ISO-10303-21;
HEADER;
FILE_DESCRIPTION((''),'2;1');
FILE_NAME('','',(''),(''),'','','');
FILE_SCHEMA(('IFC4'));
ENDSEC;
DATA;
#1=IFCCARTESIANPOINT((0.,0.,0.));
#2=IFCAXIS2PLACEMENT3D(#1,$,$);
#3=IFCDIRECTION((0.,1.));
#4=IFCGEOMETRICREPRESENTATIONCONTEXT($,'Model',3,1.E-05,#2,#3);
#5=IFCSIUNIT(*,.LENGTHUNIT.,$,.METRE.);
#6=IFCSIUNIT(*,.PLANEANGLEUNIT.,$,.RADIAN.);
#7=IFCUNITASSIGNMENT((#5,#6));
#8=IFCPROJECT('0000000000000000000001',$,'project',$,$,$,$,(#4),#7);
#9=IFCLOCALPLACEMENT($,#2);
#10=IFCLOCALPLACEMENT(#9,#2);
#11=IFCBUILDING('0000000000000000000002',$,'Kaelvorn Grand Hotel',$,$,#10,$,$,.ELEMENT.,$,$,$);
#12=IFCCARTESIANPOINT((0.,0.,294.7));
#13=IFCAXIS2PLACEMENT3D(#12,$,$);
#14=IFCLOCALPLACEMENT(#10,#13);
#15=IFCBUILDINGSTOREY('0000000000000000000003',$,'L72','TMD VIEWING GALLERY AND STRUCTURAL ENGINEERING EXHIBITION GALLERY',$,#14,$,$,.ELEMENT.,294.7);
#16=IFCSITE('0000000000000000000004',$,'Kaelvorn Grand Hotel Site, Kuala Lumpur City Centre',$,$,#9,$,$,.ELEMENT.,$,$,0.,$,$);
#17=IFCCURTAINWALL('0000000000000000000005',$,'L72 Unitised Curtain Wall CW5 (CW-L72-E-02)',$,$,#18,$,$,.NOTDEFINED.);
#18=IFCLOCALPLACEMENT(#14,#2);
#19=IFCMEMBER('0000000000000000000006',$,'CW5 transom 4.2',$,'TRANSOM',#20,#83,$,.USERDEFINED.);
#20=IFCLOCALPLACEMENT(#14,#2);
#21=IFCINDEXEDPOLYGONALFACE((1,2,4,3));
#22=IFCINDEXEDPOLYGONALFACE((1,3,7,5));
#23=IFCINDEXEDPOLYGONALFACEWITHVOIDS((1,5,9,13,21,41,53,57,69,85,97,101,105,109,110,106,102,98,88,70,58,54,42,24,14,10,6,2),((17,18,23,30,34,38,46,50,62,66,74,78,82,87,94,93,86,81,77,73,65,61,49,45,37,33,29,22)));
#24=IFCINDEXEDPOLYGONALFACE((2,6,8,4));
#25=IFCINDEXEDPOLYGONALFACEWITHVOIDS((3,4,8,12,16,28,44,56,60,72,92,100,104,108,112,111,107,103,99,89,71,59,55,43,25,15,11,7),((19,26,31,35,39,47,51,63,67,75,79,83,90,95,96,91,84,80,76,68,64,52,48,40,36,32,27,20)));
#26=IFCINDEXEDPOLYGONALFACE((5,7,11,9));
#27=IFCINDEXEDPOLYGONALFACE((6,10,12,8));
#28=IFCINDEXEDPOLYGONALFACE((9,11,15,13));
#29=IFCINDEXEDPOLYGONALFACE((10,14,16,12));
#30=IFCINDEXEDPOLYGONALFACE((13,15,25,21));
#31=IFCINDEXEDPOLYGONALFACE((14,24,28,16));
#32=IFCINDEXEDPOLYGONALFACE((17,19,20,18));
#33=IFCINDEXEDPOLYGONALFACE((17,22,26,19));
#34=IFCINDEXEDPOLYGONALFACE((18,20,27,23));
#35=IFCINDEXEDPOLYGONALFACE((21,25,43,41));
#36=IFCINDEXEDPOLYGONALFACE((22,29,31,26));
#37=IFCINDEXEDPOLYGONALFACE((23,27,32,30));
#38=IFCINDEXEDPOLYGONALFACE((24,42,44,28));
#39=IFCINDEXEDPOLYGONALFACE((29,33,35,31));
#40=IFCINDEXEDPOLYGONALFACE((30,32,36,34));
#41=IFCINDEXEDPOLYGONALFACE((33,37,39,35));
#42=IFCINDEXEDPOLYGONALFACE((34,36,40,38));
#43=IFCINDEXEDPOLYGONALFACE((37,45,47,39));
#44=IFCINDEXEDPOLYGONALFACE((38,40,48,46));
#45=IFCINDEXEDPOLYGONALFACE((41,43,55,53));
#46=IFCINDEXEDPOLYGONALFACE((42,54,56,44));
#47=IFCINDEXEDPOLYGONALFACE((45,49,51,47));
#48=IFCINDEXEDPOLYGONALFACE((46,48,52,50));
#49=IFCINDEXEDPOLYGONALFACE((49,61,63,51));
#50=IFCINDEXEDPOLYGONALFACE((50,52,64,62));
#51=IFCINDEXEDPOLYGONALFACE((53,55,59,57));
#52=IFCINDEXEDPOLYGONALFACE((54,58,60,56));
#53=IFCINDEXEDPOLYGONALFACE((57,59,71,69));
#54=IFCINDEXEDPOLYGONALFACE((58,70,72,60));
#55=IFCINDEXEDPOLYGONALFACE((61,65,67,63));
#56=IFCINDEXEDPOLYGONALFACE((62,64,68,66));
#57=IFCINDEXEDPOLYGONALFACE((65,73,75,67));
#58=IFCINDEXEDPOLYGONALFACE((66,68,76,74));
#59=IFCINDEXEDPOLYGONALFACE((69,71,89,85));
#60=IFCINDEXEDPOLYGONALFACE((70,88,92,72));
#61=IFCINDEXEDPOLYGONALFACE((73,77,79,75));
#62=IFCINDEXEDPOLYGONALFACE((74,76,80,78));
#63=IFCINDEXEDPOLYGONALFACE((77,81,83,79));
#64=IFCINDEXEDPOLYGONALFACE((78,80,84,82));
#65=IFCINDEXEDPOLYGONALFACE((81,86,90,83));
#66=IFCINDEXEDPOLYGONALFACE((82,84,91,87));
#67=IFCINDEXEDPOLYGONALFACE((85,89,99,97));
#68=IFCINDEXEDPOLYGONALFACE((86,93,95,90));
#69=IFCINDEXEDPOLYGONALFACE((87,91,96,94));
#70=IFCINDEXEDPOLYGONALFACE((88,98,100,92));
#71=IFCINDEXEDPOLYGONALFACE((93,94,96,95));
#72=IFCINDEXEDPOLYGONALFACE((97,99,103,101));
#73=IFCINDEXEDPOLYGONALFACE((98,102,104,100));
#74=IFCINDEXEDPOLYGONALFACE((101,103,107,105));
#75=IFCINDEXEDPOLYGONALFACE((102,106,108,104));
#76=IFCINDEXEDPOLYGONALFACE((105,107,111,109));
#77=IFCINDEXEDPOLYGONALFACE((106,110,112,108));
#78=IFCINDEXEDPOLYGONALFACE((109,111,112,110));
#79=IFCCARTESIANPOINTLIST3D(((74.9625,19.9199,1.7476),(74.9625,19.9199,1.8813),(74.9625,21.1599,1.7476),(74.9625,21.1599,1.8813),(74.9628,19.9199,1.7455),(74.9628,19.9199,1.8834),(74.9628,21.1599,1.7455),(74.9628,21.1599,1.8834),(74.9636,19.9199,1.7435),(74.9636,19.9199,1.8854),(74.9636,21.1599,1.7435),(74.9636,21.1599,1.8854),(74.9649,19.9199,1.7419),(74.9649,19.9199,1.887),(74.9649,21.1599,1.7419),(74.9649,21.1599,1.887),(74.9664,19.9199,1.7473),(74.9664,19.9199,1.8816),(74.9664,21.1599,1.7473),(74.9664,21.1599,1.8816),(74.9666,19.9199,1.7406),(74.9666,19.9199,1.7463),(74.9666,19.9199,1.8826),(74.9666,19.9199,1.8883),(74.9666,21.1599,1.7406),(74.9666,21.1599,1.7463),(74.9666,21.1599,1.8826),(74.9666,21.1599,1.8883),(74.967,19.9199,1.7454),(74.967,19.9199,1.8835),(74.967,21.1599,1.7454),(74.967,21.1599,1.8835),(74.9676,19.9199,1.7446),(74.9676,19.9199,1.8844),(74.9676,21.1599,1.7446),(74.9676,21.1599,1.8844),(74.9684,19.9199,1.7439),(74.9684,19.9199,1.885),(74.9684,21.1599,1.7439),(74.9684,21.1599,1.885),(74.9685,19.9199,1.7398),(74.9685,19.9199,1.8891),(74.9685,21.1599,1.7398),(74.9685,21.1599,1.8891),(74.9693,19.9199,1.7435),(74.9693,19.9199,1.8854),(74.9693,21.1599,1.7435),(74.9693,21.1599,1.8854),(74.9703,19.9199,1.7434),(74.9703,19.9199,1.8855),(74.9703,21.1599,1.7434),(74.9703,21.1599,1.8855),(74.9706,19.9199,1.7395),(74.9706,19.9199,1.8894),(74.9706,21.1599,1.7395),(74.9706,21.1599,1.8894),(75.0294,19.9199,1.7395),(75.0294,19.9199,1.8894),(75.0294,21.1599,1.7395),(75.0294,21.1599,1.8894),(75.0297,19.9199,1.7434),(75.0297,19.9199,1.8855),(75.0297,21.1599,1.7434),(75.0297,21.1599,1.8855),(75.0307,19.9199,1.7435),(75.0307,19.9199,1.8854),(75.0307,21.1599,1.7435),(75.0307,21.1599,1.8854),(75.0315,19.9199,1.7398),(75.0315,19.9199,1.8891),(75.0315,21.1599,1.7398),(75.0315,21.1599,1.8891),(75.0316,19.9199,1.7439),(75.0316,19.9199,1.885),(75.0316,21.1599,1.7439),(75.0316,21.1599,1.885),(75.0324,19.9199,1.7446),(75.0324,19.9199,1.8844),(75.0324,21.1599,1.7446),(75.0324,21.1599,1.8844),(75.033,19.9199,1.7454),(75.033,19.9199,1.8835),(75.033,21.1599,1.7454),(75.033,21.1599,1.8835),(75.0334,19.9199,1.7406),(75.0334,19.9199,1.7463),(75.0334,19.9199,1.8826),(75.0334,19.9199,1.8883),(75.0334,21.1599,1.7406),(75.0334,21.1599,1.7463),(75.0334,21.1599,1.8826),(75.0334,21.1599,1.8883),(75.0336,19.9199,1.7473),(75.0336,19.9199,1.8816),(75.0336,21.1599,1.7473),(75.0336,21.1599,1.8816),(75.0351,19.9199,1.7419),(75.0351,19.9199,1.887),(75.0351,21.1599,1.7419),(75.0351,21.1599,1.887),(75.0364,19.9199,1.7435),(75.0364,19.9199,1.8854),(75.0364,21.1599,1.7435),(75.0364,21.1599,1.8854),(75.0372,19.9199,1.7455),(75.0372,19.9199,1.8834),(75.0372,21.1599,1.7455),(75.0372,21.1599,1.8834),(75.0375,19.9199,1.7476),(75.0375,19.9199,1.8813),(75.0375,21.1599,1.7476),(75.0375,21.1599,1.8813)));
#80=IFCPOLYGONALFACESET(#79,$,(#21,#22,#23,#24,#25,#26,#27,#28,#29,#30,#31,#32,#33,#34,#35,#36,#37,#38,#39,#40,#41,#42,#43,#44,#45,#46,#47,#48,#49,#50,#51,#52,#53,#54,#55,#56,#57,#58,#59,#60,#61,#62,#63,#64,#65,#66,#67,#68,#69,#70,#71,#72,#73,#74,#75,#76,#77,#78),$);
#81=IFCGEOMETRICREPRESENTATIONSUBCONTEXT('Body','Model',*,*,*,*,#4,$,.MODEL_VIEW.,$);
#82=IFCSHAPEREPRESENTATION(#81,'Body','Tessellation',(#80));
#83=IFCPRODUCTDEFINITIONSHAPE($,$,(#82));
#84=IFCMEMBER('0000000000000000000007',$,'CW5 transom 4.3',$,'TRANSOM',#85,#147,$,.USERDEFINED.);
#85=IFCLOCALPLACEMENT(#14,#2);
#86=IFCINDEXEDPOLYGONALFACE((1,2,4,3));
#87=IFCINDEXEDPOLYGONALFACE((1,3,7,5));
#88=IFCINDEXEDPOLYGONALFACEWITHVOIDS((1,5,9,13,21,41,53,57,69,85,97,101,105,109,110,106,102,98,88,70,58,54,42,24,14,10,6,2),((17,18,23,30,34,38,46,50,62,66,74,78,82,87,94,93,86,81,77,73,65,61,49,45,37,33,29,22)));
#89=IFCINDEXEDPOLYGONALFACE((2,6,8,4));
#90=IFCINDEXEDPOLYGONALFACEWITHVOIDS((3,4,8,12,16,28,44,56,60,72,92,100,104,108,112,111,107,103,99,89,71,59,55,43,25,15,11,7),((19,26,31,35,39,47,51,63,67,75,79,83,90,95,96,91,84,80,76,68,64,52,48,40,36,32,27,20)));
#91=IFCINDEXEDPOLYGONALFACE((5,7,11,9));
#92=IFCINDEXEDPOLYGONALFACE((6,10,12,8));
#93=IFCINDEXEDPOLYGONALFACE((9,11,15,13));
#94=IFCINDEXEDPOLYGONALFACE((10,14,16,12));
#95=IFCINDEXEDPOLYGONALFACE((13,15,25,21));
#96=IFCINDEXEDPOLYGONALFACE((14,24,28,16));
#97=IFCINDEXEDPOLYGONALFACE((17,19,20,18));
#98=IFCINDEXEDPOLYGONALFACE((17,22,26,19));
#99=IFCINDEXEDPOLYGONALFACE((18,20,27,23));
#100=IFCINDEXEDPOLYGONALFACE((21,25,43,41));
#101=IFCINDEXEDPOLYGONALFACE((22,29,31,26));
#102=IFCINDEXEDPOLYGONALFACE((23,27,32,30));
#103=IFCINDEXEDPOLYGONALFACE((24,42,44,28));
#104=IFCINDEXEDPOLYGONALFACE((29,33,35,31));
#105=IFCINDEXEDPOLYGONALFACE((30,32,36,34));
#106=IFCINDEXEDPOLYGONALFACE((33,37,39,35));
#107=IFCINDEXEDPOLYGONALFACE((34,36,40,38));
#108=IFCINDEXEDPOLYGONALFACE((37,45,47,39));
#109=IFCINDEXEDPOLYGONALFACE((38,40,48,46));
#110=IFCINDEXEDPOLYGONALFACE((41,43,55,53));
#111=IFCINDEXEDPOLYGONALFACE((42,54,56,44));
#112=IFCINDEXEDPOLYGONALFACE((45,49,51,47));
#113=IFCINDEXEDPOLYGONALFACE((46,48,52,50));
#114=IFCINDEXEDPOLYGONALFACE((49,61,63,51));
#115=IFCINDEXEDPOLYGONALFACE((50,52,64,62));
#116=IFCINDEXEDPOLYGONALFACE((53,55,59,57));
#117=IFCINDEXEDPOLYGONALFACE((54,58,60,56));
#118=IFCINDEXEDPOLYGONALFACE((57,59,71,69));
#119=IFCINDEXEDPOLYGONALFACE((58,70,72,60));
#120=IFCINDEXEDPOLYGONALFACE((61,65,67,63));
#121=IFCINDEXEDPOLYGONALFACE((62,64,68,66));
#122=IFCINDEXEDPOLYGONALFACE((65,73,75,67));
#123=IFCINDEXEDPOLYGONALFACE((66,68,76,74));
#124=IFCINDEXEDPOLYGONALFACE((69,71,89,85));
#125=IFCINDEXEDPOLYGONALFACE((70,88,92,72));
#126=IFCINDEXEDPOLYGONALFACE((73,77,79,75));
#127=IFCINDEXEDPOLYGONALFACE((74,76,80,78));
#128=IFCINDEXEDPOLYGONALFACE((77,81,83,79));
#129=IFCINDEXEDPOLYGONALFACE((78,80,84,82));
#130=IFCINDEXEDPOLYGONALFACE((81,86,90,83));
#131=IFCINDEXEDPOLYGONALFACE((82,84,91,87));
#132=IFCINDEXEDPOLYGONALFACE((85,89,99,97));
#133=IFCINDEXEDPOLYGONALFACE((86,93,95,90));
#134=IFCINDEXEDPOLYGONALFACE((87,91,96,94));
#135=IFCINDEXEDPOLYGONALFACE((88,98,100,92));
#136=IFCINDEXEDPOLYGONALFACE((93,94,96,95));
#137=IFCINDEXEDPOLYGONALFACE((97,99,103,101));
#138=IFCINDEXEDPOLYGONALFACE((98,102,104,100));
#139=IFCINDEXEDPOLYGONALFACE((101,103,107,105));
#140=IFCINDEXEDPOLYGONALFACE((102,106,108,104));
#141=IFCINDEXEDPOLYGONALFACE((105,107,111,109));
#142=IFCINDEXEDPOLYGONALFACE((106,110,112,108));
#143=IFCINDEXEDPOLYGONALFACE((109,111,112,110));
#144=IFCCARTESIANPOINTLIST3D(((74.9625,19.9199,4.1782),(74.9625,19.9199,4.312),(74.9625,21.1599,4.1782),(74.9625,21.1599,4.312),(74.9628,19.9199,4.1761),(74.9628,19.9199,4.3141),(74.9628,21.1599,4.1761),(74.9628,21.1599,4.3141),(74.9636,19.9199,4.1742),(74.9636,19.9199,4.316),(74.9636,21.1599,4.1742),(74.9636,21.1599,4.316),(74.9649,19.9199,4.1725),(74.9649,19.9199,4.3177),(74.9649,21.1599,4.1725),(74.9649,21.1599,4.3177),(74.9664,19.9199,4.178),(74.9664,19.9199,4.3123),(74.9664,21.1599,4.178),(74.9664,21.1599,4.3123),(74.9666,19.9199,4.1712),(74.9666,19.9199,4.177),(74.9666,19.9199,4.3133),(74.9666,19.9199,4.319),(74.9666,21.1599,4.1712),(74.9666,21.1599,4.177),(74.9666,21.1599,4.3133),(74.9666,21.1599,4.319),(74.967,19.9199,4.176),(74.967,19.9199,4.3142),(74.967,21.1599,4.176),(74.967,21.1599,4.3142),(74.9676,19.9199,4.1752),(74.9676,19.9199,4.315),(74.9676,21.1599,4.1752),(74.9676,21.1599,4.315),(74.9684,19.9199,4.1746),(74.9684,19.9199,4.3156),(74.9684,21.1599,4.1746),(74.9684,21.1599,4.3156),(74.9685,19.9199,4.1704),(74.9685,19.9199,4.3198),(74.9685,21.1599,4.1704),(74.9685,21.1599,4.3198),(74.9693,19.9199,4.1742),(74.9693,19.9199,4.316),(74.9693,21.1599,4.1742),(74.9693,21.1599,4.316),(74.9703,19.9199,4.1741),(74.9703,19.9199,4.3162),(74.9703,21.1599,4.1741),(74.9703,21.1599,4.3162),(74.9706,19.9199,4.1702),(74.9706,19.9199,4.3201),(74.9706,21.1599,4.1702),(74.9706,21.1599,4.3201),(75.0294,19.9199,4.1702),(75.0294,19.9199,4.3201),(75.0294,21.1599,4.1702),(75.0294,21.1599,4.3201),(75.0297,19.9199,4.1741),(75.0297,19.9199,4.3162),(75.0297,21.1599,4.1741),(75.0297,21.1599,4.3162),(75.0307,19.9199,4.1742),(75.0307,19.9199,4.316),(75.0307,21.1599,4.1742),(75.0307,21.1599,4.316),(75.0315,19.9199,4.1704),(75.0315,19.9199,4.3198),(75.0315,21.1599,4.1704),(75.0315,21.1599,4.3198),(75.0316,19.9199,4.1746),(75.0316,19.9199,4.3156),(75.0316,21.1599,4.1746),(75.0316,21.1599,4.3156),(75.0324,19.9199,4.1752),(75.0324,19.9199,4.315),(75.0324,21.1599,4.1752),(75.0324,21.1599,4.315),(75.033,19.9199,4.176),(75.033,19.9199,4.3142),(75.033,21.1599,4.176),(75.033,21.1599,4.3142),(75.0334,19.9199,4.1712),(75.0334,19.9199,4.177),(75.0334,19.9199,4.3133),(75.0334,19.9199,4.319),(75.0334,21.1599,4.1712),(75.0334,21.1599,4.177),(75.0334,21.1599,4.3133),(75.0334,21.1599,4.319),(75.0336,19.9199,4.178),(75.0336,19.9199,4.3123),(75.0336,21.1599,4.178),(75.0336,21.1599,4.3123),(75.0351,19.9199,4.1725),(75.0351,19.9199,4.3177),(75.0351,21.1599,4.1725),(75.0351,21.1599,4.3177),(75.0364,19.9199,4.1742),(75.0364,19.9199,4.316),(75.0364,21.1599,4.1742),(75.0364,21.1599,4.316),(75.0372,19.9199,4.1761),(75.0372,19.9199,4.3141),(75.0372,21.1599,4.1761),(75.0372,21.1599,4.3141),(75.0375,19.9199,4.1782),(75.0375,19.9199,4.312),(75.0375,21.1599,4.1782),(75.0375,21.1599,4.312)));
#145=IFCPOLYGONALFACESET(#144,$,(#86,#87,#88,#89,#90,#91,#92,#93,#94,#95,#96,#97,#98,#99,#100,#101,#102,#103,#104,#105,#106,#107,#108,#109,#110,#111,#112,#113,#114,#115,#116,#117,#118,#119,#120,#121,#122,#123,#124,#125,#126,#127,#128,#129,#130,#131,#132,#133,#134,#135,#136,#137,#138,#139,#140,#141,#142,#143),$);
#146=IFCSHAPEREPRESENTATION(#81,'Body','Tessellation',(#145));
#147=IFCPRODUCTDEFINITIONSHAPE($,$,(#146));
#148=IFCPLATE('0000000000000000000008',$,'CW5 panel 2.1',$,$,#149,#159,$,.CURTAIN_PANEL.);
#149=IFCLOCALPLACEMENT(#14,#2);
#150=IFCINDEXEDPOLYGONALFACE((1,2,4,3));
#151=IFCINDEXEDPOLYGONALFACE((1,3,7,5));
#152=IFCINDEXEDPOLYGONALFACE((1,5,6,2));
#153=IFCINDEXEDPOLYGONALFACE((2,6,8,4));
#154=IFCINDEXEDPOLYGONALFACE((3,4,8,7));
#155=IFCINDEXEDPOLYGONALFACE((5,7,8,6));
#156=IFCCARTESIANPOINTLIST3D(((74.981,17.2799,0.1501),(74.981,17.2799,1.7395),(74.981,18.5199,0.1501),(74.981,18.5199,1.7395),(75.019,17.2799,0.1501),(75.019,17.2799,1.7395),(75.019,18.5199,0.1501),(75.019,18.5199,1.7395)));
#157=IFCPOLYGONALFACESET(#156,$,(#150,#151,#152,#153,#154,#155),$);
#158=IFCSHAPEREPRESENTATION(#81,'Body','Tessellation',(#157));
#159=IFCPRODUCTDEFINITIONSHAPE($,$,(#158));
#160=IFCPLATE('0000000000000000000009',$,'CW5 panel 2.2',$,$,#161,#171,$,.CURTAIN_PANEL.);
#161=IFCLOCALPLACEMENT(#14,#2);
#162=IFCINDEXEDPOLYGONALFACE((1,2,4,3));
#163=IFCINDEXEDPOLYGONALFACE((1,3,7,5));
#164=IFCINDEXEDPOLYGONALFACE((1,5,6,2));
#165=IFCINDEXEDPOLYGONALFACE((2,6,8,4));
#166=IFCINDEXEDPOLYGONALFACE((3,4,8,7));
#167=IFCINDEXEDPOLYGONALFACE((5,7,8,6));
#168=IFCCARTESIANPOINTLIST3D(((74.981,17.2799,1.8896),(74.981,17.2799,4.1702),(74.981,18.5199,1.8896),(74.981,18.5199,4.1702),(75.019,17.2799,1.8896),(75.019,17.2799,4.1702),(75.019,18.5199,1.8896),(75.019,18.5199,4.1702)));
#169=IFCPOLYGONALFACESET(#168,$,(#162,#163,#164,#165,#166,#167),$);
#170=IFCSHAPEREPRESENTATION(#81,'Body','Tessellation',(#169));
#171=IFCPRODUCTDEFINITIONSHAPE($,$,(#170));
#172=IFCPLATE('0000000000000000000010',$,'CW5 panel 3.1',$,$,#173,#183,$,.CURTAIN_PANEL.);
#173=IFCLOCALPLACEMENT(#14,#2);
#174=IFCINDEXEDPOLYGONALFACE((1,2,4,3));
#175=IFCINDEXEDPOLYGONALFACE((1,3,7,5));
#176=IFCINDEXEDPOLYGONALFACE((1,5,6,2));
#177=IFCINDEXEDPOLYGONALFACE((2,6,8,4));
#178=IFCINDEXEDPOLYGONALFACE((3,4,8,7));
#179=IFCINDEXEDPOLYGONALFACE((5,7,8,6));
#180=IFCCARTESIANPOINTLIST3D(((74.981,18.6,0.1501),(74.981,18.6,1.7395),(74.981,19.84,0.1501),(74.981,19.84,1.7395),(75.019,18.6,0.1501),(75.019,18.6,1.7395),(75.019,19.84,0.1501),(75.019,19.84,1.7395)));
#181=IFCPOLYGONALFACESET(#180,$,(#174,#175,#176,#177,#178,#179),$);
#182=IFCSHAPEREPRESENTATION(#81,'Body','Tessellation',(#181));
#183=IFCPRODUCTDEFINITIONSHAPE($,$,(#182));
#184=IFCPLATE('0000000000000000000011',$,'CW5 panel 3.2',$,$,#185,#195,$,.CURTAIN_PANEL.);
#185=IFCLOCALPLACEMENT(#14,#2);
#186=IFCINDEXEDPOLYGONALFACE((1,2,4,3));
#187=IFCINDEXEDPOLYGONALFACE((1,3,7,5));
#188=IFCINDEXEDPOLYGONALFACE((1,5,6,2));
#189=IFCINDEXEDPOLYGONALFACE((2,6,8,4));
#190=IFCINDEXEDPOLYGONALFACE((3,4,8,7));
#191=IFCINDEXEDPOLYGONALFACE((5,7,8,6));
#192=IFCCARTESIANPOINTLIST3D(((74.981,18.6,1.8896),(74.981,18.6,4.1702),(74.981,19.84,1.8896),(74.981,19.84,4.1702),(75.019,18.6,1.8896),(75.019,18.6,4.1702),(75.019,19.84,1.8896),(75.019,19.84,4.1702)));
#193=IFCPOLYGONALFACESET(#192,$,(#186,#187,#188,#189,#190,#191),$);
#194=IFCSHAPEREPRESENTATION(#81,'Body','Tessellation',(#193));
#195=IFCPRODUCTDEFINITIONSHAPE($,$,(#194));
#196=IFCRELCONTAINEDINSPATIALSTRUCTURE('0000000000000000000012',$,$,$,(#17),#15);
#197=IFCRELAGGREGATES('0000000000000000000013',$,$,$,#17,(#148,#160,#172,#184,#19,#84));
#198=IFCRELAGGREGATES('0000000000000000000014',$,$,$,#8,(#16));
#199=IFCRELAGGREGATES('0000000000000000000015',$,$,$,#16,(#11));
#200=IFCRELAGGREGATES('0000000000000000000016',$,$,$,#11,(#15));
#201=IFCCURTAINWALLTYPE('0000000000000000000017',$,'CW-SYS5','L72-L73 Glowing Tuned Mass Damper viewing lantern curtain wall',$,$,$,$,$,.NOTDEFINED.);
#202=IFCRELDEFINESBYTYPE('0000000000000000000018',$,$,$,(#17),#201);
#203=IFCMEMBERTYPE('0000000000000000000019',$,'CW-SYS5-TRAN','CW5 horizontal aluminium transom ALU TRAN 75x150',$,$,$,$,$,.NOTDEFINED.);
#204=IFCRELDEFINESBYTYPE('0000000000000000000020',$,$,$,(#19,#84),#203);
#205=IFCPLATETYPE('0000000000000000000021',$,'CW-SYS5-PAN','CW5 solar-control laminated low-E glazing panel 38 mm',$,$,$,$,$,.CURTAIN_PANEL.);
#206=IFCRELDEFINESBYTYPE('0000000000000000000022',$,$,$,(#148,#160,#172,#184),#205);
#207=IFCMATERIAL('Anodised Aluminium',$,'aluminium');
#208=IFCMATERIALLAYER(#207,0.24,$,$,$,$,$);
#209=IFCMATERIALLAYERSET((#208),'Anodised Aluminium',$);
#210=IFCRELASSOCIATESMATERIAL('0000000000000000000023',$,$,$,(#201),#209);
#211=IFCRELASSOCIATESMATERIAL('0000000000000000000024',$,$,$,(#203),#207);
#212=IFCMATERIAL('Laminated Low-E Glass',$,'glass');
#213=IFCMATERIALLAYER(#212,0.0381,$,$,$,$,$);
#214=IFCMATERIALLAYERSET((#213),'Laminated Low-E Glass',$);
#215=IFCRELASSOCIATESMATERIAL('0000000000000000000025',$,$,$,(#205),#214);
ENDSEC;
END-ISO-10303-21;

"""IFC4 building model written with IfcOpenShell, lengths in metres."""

from ifc_helpers import new_model, si_unit, direction, frame, origin, origin_2d, place, context, subcontext, project, spatial, rectangle, hollow_rectangle, extrude, material, layer, layer_set, material_profile, profile_set, type_object, element, aggregate, save


model = new_model("IFC4")

# Units and contexts
model_context = context("Model", 3, precision=1e-05, world=origin(), true_north=direction((0.0, 1.0)))
body_context = subcontext(model_context, "Body", "Model", "MODEL_VIEW")
ifc_project = project(units=[si_unit("LENGTHUNIT", "METRE"), si_unit("PLANEANGLEUNIT", "RADIAN")], contexts=[model_context])

# Site, building, storey
site_placement = place(None, origin())
site = spatial("IfcSite", under=ifc_project, at=site_placement, Name="Kaelvorn Grand Hotel Site, Kuala Lumpur City Centre", CompositionType="ELEMENT", RefElevation=0.0)
building_placement = place(site_placement, origin())
building = spatial("IfcBuilding", under=site, at=building_placement, Name="Kaelvorn Grand Hotel", CompositionType="ELEMENT")
storey_placement = place(building_placement, frame((0.0, 0.0, 294.7)))
storey = spatial("IfcBuildingStorey", under=building, at=storey_placement, Name="L72", Description="TMD VIEWING GALLERY AND STRUCTURAL ENGINEERING EXHIBITION GALLERY", CompositionType="ELEMENT", Elevation=294.7)

# Curtain wall, members, plates
ifc_material_1 = material(Name="Anodised Aluminium", Category="aluminium")
ifc_layer_1 = layer(ifc_material_1, 0.24)
ifc_layer_set_1 = layer_set([ifc_layer_1], Name="Anodised Aluminium")
curtain_wall_type = type_object("IfcCurtainWallType", Name="CW-SYS5", Description="L72-L73 Glowing Tuned Mass Damper viewing lantern curtain wall", PredefinedType="NOTDEFINED", material=ifc_layer_set_1)
curtain_wall_placement = place(storey_placement, origin())
curtain_wall = element("IfcCurtainWall", 1, at=curtain_wall_placement, inside=storey, type_object=curtain_wall_type, Name="L72 Unitised Curtain Wall CW5 (CW-L72-E-02)", PredefinedType="NOTDEFINED")
ifc_material_profile_1 = material_profile(ifc_material_1, hollow_rectangle(XDim=0.075, YDim=0.1499, WallThickness=0.0039, InnerFilletRadius=0.0039, OuterFilletRadius=0.0081, at=origin_2d()), Name="ALU TRAN 75x150")
ifc_profile_set_1 = profile_set([ifc_material_profile_1], Name="Anodised Aluminium")
member_type_1 = type_object("IfcMemberType", Name="CW-SYS5-TRAN", Description="CW5 horizontal aluminium transom ALU TRAN 75x150", PredefinedType="NOTDEFINED", material=ifc_profile_set_1)
member_1_placement = place(storey_placement, frame((75.0, 19.9199, 1.8145), z_axis=(0.0, 1.0, 0.0), x_axis=(-1.0, 0.0, 0.0)))
member_1 = element("IfcMember", 2, at=member_1_placement, type_object=member_type_1, Name="CW5 transom 4.2", ObjectType="TRANSOM", PredefinedType="USERDEFINED", context=body_context, shape_type="SweptSolid", body=[
    extrude(hollow_rectangle(XDim=0.075, YDim=0.1499, WallThickness=0.0039, InnerFilletRadius=0.0039, OuterFilletRadius=0.0081, at=origin_2d()), origin(), (0.0, 0.0, 1.0), 1.24),
])
member_2_placement = place(storey_placement, frame((75.0, 19.9199, 4.2451), z_axis=(0.0, 1.0, 0.0), x_axis=(-1.0, 0.0, 0.0)))
member_2 = element("IfcMember", 3, at=member_2_placement, type_object=member_type_1, Name="CW5 transom 4.3", ObjectType="TRANSOM", PredefinedType="USERDEFINED", context=body_context, shape_type="SweptSolid", body=[
    extrude(hollow_rectangle(XDim=0.075, YDim=0.1499, WallThickness=0.0039, InnerFilletRadius=0.0039, OuterFilletRadius=0.0081, at=origin_2d()), origin(), (0.0, 0.0, 1.0), 1.24),
])
ifc_material_2 = material(Name="Laminated Low-E Glass", Category="glass")
ifc_layer_2 = layer(ifc_material_2, 0.0381)
ifc_layer_set_2 = layer_set([ifc_layer_2], Name="Laminated Low-E Glass")
plate_type = type_object("IfcPlateType", Name="CW-SYS5-PAN", Description="CW5 solar-control laminated low-E glazing panel 38 mm", PredefinedType="CURTAIN_PANEL", material=ifc_layer_set_2)
plate_1_placement = place(storey_placement, frame((75.0, 17.8999, 0.1501), z_axis=(0.0, 0.0, 1.0), x_axis=(0.0, 1.0, 0.0)))
plate_1 = element("IfcPlate", 4, at=plate_1_placement, type_object=plate_type, Name="CW5 panel 2.1", PredefinedType="CURTAIN_PANEL", context=body_context, shape_type="SweptSolid", body=[
    extrude(rectangle(XDim=1.24, YDim=0.0381, at=origin_2d()), origin(), (0.0, 0.0, 1.0), 1.5894),
])
plate_2_placement = place(storey_placement, frame((75.0, 17.8999, 1.8896), z_axis=(0.0, 0.0, 1.0), x_axis=(0.0, 1.0, 0.0)))
plate_2 = element("IfcPlate", 5, at=plate_2_placement, type_object=plate_type, Name="CW5 panel 2.2", PredefinedType="CURTAIN_PANEL", context=body_context, shape_type="SweptSolid", body=[
    extrude(rectangle(XDim=1.24, YDim=0.0381, at=origin_2d()), origin(), (0.0, 0.0, 1.0), 2.2805),
])
plate_3_placement = place(storey_placement, frame((75.0, 19.22, 0.1501), z_axis=(0.0, 0.0, 1.0), x_axis=(0.0, 1.0, 0.0)))
plate_3 = element("IfcPlate", 6, at=plate_3_placement, type_object=plate_type, Name="CW5 panel 3.1", PredefinedType="CURTAIN_PANEL", context=body_context, shape_type="SweptSolid", body=[
    extrude(rectangle(XDim=1.24, YDim=0.0381, at=origin_2d()), origin(), (0.0, 0.0, 1.0), 1.5894),
])
plate_4_placement = place(storey_placement, frame((75.0, 19.22, 1.8896), z_axis=(0.0, 0.0, 1.0), x_axis=(0.0, 1.0, 0.0)))
plate_4 = element("IfcPlate", 7, at=plate_4_placement, type_object=plate_type, Name="CW5 panel 3.2", PredefinedType="CURTAIN_PANEL", context=body_context, shape_type="SweptSolid", body=[
    extrude(rectangle(XDim=1.24, YDim=0.0381, at=origin_2d()), origin(), (0.0, 0.0, 1.0), 2.2805),
])
aggregate(curtain_wall, [plate_1, plate_2, plate_3, plate_4, member_1, member_2])

save(model, "model.ifc")
